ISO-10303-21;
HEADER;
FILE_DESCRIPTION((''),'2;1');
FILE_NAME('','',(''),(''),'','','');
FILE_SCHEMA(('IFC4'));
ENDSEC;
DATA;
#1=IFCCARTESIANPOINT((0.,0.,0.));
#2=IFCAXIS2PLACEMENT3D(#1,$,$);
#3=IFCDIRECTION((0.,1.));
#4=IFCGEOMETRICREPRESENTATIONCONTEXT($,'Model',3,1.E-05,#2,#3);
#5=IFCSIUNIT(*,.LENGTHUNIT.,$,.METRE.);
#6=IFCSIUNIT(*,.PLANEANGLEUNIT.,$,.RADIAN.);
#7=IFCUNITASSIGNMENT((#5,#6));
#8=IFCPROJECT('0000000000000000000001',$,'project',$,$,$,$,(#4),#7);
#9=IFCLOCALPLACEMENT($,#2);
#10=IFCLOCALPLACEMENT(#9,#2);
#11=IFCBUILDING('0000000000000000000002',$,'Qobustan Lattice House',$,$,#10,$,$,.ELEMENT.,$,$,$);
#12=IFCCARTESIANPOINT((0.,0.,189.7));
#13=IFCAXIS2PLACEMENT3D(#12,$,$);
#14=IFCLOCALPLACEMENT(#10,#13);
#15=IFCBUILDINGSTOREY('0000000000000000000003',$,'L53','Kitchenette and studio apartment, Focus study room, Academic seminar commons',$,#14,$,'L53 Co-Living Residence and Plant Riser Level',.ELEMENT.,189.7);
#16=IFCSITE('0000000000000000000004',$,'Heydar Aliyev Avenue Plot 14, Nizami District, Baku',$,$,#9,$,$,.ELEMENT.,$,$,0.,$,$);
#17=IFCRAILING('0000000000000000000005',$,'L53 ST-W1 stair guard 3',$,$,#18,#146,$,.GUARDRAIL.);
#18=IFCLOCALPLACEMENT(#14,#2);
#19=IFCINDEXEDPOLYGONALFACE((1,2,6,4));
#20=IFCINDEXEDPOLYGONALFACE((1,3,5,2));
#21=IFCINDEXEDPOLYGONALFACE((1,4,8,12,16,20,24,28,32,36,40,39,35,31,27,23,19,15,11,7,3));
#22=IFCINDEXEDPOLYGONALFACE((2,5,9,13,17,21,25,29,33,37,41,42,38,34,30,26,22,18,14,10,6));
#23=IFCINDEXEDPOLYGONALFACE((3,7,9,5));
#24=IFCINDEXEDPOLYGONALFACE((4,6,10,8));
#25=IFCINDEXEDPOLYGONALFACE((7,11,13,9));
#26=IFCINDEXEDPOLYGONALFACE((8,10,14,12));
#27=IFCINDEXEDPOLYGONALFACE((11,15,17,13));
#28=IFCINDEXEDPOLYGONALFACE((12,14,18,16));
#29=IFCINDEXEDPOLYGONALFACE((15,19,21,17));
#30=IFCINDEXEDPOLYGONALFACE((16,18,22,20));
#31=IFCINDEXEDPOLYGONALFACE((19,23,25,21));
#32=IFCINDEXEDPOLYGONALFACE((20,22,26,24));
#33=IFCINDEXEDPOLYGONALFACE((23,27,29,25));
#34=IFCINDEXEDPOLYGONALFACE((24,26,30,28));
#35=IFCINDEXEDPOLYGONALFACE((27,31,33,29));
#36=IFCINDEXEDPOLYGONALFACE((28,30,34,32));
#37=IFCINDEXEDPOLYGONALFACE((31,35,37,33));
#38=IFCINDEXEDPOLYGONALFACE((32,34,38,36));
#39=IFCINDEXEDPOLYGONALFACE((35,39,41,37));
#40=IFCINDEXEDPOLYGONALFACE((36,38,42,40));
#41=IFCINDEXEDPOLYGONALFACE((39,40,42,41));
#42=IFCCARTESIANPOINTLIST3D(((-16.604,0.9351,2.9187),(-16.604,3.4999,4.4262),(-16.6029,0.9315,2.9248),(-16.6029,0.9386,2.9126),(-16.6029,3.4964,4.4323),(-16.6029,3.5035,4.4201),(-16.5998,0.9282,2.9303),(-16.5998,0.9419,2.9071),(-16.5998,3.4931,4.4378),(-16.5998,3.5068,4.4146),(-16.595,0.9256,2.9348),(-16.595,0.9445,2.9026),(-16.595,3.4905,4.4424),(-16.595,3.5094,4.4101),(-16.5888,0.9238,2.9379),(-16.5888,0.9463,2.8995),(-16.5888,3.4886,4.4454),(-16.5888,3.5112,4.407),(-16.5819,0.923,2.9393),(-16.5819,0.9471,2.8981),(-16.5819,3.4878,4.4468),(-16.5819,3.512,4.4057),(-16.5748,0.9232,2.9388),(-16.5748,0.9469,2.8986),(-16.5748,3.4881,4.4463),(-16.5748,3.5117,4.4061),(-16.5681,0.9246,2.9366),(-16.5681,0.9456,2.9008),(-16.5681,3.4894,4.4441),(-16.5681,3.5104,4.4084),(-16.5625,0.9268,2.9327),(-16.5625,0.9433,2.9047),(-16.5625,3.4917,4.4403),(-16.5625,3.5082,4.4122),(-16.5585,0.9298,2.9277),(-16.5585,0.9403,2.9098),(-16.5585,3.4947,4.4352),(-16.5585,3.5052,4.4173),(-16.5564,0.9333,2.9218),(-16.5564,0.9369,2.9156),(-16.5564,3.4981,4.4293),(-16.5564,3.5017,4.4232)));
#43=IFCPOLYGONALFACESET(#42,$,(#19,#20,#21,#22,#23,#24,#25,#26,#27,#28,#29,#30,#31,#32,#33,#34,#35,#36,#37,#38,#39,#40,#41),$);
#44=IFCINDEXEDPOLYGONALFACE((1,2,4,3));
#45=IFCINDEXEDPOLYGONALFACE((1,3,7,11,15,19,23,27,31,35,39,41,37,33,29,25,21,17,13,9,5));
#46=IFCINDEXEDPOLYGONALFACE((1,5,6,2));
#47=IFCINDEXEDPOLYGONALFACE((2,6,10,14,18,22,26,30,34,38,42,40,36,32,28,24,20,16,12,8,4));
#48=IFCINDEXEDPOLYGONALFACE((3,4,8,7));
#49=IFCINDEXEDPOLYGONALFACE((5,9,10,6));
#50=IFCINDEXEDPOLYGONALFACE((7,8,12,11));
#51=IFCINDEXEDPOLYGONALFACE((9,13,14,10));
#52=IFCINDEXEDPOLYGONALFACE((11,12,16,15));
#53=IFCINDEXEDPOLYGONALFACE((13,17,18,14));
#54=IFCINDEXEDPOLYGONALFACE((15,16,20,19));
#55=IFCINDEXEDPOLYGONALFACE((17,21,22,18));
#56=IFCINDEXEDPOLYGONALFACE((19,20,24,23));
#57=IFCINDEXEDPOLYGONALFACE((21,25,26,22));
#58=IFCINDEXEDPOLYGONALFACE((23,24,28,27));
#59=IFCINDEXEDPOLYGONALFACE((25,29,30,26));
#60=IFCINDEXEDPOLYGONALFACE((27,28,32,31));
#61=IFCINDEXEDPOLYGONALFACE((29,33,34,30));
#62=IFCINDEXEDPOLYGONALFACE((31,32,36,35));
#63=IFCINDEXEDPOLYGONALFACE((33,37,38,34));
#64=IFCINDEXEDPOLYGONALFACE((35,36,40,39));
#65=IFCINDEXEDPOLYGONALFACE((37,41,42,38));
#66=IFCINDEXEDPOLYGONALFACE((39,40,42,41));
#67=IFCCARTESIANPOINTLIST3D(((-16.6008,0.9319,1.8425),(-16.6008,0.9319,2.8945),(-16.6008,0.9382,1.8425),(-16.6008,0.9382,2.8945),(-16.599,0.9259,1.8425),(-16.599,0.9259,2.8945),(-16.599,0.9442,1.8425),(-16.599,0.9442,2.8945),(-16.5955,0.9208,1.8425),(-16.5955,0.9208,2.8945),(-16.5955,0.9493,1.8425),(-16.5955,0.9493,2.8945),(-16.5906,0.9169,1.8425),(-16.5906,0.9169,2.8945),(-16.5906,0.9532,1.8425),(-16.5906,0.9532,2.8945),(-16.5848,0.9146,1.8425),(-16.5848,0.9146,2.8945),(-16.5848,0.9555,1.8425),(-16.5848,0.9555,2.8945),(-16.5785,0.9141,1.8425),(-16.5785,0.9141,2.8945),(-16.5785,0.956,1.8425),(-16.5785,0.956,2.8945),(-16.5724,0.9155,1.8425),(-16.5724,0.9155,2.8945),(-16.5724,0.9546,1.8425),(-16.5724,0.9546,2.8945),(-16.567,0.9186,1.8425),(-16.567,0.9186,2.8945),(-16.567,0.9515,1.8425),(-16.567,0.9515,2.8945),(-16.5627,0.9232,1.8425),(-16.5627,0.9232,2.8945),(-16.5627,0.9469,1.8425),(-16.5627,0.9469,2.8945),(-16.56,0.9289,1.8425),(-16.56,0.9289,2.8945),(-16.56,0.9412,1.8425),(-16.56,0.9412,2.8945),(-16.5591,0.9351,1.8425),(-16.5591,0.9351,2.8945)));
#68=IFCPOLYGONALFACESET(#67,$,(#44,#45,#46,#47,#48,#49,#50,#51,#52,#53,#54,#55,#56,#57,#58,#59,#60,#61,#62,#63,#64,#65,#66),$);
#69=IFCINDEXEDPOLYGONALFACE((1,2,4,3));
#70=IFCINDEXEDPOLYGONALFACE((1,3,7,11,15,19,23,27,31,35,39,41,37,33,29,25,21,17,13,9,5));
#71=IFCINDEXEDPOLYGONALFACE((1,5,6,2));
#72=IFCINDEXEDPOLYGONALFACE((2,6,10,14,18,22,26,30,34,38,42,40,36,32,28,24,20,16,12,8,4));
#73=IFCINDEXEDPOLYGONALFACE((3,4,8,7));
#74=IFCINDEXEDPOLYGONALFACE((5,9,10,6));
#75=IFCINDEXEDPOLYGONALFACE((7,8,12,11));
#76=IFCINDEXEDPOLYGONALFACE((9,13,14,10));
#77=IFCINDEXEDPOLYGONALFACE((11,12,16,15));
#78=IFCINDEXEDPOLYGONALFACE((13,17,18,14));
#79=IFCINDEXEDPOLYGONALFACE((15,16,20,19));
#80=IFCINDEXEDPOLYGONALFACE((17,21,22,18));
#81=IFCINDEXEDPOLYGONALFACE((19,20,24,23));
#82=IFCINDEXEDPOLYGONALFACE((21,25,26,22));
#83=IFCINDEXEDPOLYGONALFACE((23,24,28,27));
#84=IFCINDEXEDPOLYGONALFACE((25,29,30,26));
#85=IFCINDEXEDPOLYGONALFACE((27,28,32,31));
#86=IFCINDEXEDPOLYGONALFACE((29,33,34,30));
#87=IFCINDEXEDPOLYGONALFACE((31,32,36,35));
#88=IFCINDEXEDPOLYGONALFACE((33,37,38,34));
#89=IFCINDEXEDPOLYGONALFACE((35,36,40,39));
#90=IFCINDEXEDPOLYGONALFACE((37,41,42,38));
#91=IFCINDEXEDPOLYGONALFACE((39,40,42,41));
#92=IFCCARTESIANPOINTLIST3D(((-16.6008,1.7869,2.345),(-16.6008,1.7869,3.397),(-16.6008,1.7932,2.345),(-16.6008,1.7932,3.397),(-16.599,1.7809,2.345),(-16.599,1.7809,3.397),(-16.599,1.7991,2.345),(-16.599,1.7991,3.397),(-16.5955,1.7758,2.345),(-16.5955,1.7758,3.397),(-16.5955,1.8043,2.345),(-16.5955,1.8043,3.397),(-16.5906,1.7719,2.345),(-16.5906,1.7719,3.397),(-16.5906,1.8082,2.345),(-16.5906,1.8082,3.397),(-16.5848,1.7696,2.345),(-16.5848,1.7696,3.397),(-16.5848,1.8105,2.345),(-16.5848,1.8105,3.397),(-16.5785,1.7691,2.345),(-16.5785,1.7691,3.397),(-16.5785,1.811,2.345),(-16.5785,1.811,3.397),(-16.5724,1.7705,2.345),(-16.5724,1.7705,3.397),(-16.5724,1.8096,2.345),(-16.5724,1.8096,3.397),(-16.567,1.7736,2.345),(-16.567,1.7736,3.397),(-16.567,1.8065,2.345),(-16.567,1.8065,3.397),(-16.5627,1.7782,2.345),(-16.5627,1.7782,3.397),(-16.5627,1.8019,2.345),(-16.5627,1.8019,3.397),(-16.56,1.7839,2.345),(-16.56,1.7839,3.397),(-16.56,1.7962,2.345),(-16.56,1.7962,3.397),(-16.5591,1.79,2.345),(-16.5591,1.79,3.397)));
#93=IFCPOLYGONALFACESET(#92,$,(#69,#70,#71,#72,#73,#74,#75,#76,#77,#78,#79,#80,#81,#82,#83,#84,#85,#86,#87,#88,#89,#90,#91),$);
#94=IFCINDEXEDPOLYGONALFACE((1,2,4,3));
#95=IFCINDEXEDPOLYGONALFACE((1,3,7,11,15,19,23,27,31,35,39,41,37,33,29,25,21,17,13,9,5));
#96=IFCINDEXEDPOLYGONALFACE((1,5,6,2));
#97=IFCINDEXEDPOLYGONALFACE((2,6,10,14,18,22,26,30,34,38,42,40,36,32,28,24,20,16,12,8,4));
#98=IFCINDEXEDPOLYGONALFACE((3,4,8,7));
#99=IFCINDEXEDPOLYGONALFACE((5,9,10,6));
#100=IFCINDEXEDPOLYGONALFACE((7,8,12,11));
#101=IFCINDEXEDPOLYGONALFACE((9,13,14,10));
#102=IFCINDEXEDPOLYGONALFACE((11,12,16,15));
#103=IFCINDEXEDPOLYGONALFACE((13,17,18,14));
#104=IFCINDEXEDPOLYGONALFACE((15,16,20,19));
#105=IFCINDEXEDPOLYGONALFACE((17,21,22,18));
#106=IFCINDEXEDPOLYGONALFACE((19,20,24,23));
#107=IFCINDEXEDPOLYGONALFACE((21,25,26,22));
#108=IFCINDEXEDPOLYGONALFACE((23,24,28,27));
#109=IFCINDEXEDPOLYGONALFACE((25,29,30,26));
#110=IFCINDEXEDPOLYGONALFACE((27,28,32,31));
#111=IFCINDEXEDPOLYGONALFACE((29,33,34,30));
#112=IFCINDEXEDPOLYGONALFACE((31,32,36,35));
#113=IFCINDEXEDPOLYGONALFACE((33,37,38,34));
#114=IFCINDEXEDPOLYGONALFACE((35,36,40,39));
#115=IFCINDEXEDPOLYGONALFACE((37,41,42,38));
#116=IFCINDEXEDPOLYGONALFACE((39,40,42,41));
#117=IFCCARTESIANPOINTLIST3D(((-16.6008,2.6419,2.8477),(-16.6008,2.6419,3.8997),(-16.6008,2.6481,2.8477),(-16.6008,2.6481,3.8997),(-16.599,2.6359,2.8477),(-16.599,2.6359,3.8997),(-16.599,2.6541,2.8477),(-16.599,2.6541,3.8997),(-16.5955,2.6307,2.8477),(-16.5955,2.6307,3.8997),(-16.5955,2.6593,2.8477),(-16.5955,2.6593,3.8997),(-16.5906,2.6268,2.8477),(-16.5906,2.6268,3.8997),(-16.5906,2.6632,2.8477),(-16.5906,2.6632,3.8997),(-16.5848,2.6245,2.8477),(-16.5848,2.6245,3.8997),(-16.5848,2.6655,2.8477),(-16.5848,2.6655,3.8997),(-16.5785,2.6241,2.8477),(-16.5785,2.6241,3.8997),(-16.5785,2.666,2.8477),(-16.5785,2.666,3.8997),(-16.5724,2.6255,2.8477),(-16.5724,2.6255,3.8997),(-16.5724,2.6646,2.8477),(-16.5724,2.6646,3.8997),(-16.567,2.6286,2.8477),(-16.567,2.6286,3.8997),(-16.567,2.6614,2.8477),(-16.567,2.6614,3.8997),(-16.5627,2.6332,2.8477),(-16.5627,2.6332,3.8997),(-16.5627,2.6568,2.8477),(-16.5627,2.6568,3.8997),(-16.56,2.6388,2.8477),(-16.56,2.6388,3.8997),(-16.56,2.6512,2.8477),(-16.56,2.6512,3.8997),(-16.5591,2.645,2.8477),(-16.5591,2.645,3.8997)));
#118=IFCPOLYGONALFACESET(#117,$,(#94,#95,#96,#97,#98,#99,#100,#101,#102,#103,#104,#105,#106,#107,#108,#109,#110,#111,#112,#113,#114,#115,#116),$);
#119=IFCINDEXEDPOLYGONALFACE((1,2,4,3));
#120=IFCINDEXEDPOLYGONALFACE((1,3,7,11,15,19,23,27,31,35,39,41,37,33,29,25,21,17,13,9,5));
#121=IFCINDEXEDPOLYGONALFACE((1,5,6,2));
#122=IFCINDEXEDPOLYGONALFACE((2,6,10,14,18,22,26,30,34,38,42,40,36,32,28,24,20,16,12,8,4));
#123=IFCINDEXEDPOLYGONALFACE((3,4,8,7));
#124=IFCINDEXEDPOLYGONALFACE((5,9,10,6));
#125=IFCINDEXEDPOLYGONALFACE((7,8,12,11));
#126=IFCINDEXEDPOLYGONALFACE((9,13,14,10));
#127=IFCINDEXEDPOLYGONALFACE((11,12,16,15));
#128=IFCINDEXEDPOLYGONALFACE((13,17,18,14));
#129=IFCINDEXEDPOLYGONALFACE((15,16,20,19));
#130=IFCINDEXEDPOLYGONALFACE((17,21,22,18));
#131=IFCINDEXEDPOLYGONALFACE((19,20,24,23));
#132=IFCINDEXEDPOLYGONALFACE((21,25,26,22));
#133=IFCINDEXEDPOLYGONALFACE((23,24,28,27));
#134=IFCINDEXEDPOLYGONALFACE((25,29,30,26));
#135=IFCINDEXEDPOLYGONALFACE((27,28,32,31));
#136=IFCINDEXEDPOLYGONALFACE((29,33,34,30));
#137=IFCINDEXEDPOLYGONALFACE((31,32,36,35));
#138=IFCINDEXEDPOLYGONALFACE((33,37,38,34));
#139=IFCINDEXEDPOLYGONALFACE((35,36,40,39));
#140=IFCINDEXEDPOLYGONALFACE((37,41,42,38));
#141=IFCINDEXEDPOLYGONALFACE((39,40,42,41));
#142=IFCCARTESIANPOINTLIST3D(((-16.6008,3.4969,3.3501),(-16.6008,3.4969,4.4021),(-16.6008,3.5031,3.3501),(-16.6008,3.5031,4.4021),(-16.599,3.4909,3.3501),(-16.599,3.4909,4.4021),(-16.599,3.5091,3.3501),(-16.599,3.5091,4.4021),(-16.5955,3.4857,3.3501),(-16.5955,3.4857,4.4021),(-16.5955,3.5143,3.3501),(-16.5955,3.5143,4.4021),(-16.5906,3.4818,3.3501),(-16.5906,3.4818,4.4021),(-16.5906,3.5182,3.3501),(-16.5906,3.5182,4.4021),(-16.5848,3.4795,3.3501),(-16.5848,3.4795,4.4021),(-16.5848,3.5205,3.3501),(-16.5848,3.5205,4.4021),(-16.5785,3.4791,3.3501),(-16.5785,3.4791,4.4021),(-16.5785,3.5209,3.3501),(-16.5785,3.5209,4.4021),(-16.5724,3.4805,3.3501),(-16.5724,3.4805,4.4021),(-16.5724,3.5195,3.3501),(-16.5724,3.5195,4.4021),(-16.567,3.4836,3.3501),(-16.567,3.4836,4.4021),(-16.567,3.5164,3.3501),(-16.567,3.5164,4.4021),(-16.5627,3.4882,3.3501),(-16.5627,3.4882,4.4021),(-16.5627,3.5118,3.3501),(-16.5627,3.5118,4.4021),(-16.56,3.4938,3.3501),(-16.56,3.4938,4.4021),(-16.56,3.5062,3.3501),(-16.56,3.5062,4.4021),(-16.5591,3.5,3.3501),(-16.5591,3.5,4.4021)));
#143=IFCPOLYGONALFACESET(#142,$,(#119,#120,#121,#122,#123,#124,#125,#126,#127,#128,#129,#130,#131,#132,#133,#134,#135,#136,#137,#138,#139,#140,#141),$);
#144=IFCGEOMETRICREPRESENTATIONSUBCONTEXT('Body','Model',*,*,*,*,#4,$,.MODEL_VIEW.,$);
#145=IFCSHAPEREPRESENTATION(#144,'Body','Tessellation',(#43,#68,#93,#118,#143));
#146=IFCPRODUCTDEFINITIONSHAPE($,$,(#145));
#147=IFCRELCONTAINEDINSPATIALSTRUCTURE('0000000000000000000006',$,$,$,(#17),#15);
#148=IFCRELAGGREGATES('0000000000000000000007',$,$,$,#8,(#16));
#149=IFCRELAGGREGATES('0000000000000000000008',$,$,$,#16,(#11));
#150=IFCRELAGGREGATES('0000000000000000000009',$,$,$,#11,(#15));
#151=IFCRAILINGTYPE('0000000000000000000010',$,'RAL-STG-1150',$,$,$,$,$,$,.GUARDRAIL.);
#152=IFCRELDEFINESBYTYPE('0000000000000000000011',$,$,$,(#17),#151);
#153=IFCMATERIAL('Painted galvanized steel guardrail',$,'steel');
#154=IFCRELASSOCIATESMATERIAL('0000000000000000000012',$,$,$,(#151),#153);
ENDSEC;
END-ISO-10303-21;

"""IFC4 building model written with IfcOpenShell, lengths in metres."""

from ifc_helpers import new_model, si_unit, direction, frame, origin, origin_2d, place, context, subcontext, project, spatial, circle, extrude, material, type_object, element, save


model = new_model("IFC4")

# Units and contexts
model_context = context("Model", 3, precision=1e-05, world=origin(), true_north=direction((0.0, 1.0)))
body_context = subcontext(model_context, "Body", "Model", "MODEL_VIEW")
ifc_project = project(units=[si_unit("LENGTHUNIT", "METRE"), si_unit("PLANEANGLEUNIT", "RADIAN")], contexts=[model_context])

# Site, building, storey
site_placement = place(None, origin())
site = spatial("IfcSite", under=ifc_project, at=site_placement, Name="Heydar Aliyev Avenue Plot 14, Nizami District, Baku", CompositionType="ELEMENT", RefElevation=0.0)
building_placement = place(site_placement, origin())
building = spatial("IfcBuilding", under=site, at=building_placement, Name="Qobustan Lattice House", CompositionType="ELEMENT")
storey_placement = place(building_placement, frame((0.0, 0.0, 189.7)))
storey = spatial("IfcBuildingStorey", under=building, at=storey_placement, Name="L53", Description="Kitchenette and studio apartment, Focus study room, Academic seminar commons", LongName="L53 Co-Living Residence and Plant Riser Level", CompositionType="ELEMENT", Elevation=189.7)

# Railing
ifc_material_1 = material(Name="Painted galvanized steel guardrail", Category="steel")
railing_type_1 = type_object("IfcRailingType", Name="RAL-STG-1150", PredefinedType="GUARDRAIL", material=ifc_material_1)
railing_1_placement = place(storey_placement, frame((-16.5801, 0.9351, 1.8425)))
element("IfcRailing", 1, at=railing_1_placement, inside=storey, type_object=railing_type_1, Name="L53 ST-W1 stair guard 3", PredefinedType="GUARDRAIL", context=body_context, shape_type="SweptSolid", body=[
    extrude(circle(Radius=0.0239, at=origin_2d()), frame((0.0, 0.0, 1.0762), z_axis=(0.0, 0.862113, 0.506715), x_axis=(-1.0, 0.0, 0.0)), (0.0, 0.0, 1.0), 2.9751),
    extrude(circle(Radius=0.021, at=origin_2d()), origin(), (0.0, 0.0, 1.0), 1.052),
    extrude(circle(Radius=0.021, at=origin_2d()), frame((0.0, 0.855, 0.5024)), (0.0, 0.0, 1.0), 1.052),
    extrude(circle(Radius=0.021, at=origin_2d()), frame((0.0, 1.71, 1.0051)), (0.0, 0.0, 1.0), 1.052),
    extrude(circle(Radius=0.021, at=origin_2d()), frame((0.0, 2.5649, 1.5076)), (0.0, 0.0, 1.0), 1.052),
])

save(model, "model.ifc")
